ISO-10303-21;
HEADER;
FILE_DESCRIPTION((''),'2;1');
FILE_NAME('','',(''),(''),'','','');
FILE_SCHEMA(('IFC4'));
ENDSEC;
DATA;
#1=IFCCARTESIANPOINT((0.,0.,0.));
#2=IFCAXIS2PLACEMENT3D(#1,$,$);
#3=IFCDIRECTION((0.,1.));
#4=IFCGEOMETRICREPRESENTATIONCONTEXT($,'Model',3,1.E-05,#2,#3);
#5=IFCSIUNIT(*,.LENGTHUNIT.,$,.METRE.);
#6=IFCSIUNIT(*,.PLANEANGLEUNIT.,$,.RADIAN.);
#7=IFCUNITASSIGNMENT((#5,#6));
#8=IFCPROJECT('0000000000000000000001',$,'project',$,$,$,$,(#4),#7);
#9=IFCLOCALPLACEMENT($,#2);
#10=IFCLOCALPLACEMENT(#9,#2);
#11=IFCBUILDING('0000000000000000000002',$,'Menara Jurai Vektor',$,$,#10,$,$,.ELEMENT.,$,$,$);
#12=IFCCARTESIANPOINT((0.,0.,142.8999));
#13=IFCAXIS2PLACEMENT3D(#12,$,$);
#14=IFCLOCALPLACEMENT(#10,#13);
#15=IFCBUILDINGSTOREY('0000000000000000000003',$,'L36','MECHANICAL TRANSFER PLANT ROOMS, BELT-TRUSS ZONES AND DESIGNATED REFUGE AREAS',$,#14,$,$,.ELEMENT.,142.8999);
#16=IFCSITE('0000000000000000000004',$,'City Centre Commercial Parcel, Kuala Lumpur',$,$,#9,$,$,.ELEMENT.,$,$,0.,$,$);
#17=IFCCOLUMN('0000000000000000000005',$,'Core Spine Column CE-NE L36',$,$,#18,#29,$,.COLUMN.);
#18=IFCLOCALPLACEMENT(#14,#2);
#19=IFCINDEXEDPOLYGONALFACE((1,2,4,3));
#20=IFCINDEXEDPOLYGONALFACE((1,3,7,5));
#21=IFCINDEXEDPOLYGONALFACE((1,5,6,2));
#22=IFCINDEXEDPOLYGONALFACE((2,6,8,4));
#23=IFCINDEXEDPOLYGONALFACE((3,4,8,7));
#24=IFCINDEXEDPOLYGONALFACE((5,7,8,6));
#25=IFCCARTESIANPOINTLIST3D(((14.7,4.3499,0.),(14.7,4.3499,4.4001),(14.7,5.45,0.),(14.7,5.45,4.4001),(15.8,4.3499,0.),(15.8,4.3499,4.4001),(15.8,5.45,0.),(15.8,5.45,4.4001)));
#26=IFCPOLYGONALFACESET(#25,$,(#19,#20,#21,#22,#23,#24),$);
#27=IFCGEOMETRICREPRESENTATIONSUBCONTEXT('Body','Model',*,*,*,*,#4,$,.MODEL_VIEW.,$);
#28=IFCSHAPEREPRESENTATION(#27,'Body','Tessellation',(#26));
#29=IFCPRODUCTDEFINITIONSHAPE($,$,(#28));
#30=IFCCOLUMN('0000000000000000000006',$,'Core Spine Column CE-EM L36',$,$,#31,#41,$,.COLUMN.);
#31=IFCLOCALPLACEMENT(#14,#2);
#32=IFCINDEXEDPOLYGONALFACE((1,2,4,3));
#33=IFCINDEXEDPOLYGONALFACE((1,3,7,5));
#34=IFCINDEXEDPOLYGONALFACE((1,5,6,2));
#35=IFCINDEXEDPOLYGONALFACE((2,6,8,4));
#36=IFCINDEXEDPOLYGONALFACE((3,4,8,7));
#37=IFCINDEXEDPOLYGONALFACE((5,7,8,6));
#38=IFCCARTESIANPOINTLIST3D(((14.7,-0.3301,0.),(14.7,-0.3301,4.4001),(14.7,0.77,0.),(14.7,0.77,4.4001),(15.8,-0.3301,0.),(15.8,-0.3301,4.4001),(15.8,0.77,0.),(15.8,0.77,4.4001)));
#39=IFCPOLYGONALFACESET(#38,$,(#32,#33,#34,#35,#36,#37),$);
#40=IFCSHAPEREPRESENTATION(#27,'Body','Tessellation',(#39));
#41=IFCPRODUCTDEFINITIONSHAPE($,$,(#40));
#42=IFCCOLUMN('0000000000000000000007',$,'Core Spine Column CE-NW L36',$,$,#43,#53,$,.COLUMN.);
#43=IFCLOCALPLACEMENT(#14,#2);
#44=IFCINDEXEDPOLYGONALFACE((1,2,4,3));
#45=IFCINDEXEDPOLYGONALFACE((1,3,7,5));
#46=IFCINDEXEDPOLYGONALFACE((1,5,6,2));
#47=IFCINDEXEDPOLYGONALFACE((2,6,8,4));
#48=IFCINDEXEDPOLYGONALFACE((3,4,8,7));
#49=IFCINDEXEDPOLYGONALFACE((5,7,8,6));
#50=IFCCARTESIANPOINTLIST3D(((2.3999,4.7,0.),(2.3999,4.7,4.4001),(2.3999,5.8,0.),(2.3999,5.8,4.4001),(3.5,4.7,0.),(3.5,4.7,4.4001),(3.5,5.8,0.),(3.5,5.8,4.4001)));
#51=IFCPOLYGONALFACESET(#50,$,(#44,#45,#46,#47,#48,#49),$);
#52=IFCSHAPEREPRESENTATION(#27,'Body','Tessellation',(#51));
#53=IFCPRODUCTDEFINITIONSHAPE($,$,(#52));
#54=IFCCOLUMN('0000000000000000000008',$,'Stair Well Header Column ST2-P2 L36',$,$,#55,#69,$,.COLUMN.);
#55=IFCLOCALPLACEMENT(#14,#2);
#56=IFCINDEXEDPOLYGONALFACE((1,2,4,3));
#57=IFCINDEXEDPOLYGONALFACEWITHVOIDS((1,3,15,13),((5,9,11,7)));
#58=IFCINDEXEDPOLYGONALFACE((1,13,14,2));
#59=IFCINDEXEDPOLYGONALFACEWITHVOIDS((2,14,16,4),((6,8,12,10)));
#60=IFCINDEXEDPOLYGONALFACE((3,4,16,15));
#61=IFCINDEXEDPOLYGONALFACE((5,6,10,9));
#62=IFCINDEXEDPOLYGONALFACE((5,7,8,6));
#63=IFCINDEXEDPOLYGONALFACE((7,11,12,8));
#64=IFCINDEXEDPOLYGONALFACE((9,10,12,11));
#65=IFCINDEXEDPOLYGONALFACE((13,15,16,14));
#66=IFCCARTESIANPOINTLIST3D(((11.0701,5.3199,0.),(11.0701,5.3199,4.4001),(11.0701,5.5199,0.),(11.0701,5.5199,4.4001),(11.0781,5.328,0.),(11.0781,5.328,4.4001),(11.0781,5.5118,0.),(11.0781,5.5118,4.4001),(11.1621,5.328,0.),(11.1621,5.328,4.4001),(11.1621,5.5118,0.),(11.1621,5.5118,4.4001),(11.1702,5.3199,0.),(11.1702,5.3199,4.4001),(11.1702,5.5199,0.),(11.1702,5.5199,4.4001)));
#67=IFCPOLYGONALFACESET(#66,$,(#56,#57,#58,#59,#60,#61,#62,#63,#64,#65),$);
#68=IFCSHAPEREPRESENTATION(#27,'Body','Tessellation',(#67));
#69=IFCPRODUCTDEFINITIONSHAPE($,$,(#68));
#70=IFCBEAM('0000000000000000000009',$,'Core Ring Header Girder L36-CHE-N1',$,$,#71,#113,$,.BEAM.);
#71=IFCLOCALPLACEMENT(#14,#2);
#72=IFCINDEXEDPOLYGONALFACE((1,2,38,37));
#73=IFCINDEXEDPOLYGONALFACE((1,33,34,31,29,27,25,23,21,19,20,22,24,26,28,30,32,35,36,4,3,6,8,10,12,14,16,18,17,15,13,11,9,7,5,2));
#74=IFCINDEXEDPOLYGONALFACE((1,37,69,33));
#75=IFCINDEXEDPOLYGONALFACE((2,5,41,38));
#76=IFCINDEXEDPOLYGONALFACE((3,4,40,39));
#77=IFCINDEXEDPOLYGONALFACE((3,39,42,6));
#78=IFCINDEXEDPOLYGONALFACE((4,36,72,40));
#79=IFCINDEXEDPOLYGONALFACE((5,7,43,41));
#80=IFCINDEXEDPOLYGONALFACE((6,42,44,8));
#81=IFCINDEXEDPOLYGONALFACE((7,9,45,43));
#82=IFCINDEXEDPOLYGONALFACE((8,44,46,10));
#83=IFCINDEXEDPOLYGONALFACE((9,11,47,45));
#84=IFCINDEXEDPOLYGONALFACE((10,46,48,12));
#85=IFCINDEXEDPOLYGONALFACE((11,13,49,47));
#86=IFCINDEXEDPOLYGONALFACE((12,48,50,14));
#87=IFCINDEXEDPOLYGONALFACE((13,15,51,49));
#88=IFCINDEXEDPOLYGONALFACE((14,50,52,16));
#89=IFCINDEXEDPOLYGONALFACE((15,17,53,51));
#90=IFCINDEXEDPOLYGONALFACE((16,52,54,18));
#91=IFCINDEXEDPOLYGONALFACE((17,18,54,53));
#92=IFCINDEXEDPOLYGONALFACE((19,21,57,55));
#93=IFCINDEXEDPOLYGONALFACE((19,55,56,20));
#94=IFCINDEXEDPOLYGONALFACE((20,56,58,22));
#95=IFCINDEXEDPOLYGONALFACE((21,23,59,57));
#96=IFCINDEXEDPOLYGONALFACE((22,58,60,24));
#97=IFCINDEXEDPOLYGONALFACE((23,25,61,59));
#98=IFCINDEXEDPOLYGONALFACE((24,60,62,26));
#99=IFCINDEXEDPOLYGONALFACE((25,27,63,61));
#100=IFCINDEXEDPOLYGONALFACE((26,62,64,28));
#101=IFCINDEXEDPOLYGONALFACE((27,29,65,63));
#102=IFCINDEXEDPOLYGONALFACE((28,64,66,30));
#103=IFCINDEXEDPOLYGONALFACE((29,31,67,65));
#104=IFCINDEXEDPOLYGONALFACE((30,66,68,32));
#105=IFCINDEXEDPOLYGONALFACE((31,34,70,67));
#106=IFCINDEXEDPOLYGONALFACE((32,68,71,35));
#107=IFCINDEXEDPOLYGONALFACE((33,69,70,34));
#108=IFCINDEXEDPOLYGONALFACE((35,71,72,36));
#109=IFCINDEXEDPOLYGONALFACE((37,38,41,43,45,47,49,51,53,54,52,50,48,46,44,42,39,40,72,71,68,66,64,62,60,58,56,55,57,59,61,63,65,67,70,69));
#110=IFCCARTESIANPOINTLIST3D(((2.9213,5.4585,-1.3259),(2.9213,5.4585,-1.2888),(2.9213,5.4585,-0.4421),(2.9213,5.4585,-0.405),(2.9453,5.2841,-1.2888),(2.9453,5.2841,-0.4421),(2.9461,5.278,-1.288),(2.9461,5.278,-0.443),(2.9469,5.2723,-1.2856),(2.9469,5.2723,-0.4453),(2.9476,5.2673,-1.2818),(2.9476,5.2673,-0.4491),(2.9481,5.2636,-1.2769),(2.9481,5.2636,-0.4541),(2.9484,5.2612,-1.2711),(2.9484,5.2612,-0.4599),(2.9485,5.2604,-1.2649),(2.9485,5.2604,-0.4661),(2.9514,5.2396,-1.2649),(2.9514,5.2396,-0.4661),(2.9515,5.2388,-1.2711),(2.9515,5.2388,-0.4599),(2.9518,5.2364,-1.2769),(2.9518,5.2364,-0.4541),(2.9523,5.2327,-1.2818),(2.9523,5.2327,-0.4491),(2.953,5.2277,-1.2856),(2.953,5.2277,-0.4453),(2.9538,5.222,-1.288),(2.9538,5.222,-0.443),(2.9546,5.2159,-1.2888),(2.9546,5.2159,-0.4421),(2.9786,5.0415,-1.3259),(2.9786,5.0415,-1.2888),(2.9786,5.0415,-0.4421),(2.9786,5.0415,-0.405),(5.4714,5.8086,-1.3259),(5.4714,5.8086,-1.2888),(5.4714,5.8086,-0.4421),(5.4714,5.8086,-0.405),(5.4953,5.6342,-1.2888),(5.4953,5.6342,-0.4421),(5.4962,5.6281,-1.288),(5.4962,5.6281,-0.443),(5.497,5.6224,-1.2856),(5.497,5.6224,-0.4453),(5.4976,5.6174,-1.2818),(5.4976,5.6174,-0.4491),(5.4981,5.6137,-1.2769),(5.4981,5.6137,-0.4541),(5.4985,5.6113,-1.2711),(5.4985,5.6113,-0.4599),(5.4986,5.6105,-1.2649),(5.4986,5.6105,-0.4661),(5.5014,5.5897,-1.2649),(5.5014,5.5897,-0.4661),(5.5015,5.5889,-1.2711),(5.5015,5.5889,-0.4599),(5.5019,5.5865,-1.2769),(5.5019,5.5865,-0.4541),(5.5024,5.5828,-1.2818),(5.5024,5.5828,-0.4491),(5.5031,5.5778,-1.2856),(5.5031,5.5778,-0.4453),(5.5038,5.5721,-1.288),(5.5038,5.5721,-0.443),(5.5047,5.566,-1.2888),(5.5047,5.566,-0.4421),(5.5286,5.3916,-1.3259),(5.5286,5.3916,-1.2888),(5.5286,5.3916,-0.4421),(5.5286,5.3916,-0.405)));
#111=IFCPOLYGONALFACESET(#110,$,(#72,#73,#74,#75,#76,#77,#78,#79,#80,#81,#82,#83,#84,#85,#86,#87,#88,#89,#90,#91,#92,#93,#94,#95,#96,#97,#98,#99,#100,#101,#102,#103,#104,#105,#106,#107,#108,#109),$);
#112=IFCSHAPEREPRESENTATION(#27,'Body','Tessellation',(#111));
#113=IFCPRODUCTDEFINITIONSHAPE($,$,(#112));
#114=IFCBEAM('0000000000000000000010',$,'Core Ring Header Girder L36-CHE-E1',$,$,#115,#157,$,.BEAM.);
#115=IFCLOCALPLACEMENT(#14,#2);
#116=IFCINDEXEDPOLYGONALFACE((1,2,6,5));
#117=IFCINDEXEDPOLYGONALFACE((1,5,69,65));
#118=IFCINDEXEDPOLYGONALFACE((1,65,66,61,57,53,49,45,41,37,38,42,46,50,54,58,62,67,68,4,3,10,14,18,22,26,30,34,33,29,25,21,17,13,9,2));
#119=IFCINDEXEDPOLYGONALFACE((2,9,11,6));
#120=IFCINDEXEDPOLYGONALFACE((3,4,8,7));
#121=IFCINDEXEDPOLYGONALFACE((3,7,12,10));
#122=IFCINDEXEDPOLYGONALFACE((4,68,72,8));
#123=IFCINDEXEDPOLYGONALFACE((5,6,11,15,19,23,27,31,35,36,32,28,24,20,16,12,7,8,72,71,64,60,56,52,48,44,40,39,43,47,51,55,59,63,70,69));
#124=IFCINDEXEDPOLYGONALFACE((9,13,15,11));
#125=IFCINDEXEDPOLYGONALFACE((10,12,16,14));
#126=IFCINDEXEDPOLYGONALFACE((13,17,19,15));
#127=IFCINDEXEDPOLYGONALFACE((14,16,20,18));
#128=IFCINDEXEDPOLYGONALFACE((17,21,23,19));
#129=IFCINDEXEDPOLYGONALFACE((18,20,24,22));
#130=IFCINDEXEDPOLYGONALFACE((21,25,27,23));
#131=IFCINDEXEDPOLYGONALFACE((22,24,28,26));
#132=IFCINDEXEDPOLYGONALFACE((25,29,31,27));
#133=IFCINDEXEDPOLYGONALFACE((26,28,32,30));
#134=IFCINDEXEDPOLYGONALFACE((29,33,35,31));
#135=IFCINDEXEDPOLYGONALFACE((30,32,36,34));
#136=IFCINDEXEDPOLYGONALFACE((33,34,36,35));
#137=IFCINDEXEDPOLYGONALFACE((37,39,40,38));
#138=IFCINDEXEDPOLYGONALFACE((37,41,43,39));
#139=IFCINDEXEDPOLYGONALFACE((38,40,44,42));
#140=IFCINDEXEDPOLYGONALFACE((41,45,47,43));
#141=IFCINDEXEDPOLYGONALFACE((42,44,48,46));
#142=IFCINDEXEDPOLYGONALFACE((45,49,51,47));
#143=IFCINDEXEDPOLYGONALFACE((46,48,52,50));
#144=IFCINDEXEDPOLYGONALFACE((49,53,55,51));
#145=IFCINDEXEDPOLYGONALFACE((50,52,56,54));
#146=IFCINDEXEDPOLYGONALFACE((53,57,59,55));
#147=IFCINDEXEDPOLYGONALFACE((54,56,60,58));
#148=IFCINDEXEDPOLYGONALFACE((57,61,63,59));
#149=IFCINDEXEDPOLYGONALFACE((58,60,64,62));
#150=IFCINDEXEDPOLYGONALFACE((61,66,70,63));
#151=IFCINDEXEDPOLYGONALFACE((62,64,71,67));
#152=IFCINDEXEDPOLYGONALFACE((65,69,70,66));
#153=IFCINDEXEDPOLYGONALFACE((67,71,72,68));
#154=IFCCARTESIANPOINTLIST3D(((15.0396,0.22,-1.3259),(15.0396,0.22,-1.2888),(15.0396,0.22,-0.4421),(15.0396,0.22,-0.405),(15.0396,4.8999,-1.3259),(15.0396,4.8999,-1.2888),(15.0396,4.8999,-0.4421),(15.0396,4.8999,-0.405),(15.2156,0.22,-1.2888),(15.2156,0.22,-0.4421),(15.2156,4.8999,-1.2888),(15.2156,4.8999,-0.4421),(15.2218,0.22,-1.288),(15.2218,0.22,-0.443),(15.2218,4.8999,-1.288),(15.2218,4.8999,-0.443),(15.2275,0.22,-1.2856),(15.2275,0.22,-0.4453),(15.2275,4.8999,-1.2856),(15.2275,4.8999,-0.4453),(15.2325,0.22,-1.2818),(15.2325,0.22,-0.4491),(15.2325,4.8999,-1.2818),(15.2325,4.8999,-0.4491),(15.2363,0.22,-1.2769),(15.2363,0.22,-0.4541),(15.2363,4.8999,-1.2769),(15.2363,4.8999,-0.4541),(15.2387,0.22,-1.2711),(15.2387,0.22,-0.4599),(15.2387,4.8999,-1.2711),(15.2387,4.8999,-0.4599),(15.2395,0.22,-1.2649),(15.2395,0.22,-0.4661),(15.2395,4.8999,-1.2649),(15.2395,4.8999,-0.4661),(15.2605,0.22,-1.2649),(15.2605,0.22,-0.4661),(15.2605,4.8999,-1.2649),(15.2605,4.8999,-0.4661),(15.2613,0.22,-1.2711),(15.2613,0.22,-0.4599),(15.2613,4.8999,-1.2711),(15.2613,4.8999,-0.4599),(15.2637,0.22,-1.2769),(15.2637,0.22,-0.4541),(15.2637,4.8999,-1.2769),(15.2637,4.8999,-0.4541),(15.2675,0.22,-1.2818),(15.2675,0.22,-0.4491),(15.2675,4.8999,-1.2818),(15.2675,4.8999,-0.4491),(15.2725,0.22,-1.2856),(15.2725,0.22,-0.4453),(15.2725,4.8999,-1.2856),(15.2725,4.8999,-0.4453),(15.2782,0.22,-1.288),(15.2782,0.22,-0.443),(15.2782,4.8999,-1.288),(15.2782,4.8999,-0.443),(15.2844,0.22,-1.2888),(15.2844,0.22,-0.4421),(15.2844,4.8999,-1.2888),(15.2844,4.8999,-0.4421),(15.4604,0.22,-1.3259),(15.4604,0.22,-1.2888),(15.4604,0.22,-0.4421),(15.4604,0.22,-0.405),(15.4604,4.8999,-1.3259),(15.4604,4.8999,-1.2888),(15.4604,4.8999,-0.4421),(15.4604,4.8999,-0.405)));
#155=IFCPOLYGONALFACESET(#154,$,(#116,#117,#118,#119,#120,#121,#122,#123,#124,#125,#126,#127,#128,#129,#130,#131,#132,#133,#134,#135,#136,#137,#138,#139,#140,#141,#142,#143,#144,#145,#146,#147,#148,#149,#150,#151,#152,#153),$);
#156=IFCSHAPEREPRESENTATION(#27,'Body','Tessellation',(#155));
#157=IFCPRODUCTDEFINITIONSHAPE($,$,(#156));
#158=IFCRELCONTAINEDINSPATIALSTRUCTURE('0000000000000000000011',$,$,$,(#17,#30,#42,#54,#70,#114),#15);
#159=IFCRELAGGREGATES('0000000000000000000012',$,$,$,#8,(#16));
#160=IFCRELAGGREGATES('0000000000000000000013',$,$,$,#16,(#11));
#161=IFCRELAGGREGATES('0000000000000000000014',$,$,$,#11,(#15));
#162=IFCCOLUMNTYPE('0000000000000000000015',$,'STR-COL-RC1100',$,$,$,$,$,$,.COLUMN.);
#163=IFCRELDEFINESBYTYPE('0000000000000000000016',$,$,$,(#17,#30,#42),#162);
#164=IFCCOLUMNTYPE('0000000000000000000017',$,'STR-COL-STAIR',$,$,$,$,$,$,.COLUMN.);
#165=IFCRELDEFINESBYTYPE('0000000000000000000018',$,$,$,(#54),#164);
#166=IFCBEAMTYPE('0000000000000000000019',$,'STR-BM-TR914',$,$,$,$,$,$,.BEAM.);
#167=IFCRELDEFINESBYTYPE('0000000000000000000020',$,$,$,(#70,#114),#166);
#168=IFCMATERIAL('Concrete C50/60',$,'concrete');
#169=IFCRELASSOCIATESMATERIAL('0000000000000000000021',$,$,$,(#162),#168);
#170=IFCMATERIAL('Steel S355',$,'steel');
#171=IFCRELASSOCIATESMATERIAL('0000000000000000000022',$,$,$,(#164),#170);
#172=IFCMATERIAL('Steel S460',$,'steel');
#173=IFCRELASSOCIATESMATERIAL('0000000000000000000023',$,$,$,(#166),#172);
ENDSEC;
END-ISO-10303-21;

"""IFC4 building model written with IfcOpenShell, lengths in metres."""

from ifc_helpers import new_model, si_unit, direction, frame, origin, origin_2d, place, context, subcontext, project, spatial, rectangle, hollow_rectangle, i_section, extrude, material, material_profile, profile_set, type_object, element, save


model = new_model("IFC4")

# Units and contexts
model_context = context("Model", 3, precision=1e-05, world=origin(), true_north=direction((0.0, 1.0)))
body_context = subcontext(model_context, "Body", "Model", "MODEL_VIEW")
ifc_project = project(units=[si_unit("LENGTHUNIT", "METRE"), si_unit("PLANEANGLEUNIT", "RADIAN")], contexts=[model_context])

# Site, building, storey
site_placement = place(None, origin())
site = spatial("IfcSite", under=ifc_project, at=site_placement, Name="City Centre Commercial Parcel, Kuala Lumpur", CompositionType="ELEMENT", RefElevation=0.0)
building_placement = place(site_placement, origin())
building = spatial("IfcBuilding", under=site, at=building_placement, Name="Menara Jurai Vektor", CompositionType="ELEMENT")
storey_placement = place(building_placement, frame((0.0, 0.0, 142.8999)))
storey = spatial("IfcBuildingStorey", under=building, at=storey_placement, Name="L36", Description="MECHANICAL TRANSFER PLANT ROOMS, BELT-TRUSS ZONES AND DESIGNATED REFUGE AREAS", CompositionType="ELEMENT", Elevation=142.8999)

# Columns
ifc_material_1 = material(Name="Concrete C50/60", Category="concrete")
ifc_material_profile_1 = material_profile(ifc_material_1, rectangle(XDim=1.1001, YDim=1.1001, at=origin_2d()), Name="RC 1100x1100")
ifc_profile_set_1 = profile_set([ifc_material_profile_1], Name="Concrete C50/60")
column_type_1 = type_object("IfcColumnType", Name="STR-COL-RC1100", PredefinedType="COLUMN", material=ifc_profile_set_1)
for number, where, z_axis, x_axis, name in (
    (1, (15.25, 4.8999, 0.0), (0.0, 0.0, 1.0), (1.0, 0.0, 0.0), "Core Spine Column CE-NE L36"),
    (2, (15.25, 0.22, 0.0), (0.0, 0.0, 1.0), (1.0, 0.0, 0.0), "Core Spine Column CE-EM L36"),
    (3, (2.95, 5.25, 0.0), (0.0, 0.0, 1.0), (1.0, 0.0, 0.0), "Core Spine Column CE-NW L36"),
):
    element("IfcColumn", number, at=place(storey_placement, frame(where, z_axis=z_axis, x_axis=x_axis)), inside=storey, type_object=column_type_1, Name=name, PredefinedType="COLUMN", context=body_context, shape_type="SweptSolid", body=[
        extrude(rectangle(XDim=1.1001, YDim=1.1001, at=origin_2d()), origin(), (0.0, 0.0, 1.0), 4.4001),
    ])
ifc_material_2 = material(Name="Steel S355", Category="steel")
ifc_material_profile_2 = material_profile(ifc_material_2, hollow_rectangle(XDim=0.1001, YDim=0.2, WallThickness=0.0081, at=origin_2d()), Name="RHS 200x100x8")
ifc_profile_set_2 = profile_set([ifc_material_profile_2], Name="Steel S355")
column_type_2 = type_object("IfcColumnType", Name="STR-COL-STAIR", PredefinedType="COLUMN", material=ifc_profile_set_2)
column_placement = place(storey_placement, frame((11.1201, 5.4199, 0.0), z_axis=(0.0, 0.0, 1.0), x_axis=(1.0, 0.0, 0.0)))
element("IfcColumn", 4, at=column_placement, inside=storey, type_object=column_type_2, Name="Stair Well Header Column ST2-P2 L36", PredefinedType="COLUMN", context=body_context, shape_type="SweptSolid", body=[
    extrude(hollow_rectangle(XDim=0.1001, YDim=0.2, WallThickness=0.0081, at=origin_2d()), origin(), (0.0, 0.0, 1.0), 4.4001),
])

# Beams
ifc_material_3 = material(Name="Steel S460", Category="steel")
ifc_material_profile_3 = material_profile(ifc_material_3, i_section(OverallWidth=0.4209, OverallDepth=0.9209, WebThickness=0.021, FlangeThickness=0.0371, FilletRadius=0.0239, at=origin_2d()), Name="UKB 914x419x388")
ifc_profile_set_3 = profile_set([ifc_material_profile_3], Name="Steel S460")
beam_type_1 = type_object("IfcBeamType", Name="STR-BM-TR914", PredefinedType="BEAM", material=ifc_profile_set_3)
beam_1_placement = place(storey_placement, frame((2.95, 5.25, -0.8655), z_axis=(0.990707, 0.136015, 0.0), x_axis=(-0.136015, 0.990707, 0.0)))
element("IfcBeam", 5, at=beam_1_placement, inside=storey, type_object=beam_type_1, Name="Core Ring Header Girder L36-CHE-N1", PredefinedType="BEAM", context=body_context, shape_type="SweptSolid", body=[
    extrude(i_section(OverallWidth=0.4209, OverallDepth=0.9209, WebThickness=0.021, FlangeThickness=0.0371, FilletRadius=0.0239, at=origin_2d()), origin(), (0.0, 0.0, 1.0), 2.574),
])
beam_2_placement = place(storey_placement, frame((15.25, 0.22, -0.8655), z_axis=(0.0, 1.0, 0.0), x_axis=(-1.0, 0.0, 0.0)))
element("IfcBeam", 6, at=beam_2_placement, inside=storey, type_object=beam_type_1, Name="Core Ring Header Girder L36-CHE-E1", PredefinedType="BEAM", context=body_context, shape_type="SweptSolid", body=[
    extrude(i_section(OverallWidth=0.4209, OverallDepth=0.9209, WebThickness=0.021, FlangeThickness=0.0371, FilletRadius=0.0239, at=origin_2d()), origin(), (0.0, 0.0, 1.0), 4.6799),
])

save(model, "model.ifc")
